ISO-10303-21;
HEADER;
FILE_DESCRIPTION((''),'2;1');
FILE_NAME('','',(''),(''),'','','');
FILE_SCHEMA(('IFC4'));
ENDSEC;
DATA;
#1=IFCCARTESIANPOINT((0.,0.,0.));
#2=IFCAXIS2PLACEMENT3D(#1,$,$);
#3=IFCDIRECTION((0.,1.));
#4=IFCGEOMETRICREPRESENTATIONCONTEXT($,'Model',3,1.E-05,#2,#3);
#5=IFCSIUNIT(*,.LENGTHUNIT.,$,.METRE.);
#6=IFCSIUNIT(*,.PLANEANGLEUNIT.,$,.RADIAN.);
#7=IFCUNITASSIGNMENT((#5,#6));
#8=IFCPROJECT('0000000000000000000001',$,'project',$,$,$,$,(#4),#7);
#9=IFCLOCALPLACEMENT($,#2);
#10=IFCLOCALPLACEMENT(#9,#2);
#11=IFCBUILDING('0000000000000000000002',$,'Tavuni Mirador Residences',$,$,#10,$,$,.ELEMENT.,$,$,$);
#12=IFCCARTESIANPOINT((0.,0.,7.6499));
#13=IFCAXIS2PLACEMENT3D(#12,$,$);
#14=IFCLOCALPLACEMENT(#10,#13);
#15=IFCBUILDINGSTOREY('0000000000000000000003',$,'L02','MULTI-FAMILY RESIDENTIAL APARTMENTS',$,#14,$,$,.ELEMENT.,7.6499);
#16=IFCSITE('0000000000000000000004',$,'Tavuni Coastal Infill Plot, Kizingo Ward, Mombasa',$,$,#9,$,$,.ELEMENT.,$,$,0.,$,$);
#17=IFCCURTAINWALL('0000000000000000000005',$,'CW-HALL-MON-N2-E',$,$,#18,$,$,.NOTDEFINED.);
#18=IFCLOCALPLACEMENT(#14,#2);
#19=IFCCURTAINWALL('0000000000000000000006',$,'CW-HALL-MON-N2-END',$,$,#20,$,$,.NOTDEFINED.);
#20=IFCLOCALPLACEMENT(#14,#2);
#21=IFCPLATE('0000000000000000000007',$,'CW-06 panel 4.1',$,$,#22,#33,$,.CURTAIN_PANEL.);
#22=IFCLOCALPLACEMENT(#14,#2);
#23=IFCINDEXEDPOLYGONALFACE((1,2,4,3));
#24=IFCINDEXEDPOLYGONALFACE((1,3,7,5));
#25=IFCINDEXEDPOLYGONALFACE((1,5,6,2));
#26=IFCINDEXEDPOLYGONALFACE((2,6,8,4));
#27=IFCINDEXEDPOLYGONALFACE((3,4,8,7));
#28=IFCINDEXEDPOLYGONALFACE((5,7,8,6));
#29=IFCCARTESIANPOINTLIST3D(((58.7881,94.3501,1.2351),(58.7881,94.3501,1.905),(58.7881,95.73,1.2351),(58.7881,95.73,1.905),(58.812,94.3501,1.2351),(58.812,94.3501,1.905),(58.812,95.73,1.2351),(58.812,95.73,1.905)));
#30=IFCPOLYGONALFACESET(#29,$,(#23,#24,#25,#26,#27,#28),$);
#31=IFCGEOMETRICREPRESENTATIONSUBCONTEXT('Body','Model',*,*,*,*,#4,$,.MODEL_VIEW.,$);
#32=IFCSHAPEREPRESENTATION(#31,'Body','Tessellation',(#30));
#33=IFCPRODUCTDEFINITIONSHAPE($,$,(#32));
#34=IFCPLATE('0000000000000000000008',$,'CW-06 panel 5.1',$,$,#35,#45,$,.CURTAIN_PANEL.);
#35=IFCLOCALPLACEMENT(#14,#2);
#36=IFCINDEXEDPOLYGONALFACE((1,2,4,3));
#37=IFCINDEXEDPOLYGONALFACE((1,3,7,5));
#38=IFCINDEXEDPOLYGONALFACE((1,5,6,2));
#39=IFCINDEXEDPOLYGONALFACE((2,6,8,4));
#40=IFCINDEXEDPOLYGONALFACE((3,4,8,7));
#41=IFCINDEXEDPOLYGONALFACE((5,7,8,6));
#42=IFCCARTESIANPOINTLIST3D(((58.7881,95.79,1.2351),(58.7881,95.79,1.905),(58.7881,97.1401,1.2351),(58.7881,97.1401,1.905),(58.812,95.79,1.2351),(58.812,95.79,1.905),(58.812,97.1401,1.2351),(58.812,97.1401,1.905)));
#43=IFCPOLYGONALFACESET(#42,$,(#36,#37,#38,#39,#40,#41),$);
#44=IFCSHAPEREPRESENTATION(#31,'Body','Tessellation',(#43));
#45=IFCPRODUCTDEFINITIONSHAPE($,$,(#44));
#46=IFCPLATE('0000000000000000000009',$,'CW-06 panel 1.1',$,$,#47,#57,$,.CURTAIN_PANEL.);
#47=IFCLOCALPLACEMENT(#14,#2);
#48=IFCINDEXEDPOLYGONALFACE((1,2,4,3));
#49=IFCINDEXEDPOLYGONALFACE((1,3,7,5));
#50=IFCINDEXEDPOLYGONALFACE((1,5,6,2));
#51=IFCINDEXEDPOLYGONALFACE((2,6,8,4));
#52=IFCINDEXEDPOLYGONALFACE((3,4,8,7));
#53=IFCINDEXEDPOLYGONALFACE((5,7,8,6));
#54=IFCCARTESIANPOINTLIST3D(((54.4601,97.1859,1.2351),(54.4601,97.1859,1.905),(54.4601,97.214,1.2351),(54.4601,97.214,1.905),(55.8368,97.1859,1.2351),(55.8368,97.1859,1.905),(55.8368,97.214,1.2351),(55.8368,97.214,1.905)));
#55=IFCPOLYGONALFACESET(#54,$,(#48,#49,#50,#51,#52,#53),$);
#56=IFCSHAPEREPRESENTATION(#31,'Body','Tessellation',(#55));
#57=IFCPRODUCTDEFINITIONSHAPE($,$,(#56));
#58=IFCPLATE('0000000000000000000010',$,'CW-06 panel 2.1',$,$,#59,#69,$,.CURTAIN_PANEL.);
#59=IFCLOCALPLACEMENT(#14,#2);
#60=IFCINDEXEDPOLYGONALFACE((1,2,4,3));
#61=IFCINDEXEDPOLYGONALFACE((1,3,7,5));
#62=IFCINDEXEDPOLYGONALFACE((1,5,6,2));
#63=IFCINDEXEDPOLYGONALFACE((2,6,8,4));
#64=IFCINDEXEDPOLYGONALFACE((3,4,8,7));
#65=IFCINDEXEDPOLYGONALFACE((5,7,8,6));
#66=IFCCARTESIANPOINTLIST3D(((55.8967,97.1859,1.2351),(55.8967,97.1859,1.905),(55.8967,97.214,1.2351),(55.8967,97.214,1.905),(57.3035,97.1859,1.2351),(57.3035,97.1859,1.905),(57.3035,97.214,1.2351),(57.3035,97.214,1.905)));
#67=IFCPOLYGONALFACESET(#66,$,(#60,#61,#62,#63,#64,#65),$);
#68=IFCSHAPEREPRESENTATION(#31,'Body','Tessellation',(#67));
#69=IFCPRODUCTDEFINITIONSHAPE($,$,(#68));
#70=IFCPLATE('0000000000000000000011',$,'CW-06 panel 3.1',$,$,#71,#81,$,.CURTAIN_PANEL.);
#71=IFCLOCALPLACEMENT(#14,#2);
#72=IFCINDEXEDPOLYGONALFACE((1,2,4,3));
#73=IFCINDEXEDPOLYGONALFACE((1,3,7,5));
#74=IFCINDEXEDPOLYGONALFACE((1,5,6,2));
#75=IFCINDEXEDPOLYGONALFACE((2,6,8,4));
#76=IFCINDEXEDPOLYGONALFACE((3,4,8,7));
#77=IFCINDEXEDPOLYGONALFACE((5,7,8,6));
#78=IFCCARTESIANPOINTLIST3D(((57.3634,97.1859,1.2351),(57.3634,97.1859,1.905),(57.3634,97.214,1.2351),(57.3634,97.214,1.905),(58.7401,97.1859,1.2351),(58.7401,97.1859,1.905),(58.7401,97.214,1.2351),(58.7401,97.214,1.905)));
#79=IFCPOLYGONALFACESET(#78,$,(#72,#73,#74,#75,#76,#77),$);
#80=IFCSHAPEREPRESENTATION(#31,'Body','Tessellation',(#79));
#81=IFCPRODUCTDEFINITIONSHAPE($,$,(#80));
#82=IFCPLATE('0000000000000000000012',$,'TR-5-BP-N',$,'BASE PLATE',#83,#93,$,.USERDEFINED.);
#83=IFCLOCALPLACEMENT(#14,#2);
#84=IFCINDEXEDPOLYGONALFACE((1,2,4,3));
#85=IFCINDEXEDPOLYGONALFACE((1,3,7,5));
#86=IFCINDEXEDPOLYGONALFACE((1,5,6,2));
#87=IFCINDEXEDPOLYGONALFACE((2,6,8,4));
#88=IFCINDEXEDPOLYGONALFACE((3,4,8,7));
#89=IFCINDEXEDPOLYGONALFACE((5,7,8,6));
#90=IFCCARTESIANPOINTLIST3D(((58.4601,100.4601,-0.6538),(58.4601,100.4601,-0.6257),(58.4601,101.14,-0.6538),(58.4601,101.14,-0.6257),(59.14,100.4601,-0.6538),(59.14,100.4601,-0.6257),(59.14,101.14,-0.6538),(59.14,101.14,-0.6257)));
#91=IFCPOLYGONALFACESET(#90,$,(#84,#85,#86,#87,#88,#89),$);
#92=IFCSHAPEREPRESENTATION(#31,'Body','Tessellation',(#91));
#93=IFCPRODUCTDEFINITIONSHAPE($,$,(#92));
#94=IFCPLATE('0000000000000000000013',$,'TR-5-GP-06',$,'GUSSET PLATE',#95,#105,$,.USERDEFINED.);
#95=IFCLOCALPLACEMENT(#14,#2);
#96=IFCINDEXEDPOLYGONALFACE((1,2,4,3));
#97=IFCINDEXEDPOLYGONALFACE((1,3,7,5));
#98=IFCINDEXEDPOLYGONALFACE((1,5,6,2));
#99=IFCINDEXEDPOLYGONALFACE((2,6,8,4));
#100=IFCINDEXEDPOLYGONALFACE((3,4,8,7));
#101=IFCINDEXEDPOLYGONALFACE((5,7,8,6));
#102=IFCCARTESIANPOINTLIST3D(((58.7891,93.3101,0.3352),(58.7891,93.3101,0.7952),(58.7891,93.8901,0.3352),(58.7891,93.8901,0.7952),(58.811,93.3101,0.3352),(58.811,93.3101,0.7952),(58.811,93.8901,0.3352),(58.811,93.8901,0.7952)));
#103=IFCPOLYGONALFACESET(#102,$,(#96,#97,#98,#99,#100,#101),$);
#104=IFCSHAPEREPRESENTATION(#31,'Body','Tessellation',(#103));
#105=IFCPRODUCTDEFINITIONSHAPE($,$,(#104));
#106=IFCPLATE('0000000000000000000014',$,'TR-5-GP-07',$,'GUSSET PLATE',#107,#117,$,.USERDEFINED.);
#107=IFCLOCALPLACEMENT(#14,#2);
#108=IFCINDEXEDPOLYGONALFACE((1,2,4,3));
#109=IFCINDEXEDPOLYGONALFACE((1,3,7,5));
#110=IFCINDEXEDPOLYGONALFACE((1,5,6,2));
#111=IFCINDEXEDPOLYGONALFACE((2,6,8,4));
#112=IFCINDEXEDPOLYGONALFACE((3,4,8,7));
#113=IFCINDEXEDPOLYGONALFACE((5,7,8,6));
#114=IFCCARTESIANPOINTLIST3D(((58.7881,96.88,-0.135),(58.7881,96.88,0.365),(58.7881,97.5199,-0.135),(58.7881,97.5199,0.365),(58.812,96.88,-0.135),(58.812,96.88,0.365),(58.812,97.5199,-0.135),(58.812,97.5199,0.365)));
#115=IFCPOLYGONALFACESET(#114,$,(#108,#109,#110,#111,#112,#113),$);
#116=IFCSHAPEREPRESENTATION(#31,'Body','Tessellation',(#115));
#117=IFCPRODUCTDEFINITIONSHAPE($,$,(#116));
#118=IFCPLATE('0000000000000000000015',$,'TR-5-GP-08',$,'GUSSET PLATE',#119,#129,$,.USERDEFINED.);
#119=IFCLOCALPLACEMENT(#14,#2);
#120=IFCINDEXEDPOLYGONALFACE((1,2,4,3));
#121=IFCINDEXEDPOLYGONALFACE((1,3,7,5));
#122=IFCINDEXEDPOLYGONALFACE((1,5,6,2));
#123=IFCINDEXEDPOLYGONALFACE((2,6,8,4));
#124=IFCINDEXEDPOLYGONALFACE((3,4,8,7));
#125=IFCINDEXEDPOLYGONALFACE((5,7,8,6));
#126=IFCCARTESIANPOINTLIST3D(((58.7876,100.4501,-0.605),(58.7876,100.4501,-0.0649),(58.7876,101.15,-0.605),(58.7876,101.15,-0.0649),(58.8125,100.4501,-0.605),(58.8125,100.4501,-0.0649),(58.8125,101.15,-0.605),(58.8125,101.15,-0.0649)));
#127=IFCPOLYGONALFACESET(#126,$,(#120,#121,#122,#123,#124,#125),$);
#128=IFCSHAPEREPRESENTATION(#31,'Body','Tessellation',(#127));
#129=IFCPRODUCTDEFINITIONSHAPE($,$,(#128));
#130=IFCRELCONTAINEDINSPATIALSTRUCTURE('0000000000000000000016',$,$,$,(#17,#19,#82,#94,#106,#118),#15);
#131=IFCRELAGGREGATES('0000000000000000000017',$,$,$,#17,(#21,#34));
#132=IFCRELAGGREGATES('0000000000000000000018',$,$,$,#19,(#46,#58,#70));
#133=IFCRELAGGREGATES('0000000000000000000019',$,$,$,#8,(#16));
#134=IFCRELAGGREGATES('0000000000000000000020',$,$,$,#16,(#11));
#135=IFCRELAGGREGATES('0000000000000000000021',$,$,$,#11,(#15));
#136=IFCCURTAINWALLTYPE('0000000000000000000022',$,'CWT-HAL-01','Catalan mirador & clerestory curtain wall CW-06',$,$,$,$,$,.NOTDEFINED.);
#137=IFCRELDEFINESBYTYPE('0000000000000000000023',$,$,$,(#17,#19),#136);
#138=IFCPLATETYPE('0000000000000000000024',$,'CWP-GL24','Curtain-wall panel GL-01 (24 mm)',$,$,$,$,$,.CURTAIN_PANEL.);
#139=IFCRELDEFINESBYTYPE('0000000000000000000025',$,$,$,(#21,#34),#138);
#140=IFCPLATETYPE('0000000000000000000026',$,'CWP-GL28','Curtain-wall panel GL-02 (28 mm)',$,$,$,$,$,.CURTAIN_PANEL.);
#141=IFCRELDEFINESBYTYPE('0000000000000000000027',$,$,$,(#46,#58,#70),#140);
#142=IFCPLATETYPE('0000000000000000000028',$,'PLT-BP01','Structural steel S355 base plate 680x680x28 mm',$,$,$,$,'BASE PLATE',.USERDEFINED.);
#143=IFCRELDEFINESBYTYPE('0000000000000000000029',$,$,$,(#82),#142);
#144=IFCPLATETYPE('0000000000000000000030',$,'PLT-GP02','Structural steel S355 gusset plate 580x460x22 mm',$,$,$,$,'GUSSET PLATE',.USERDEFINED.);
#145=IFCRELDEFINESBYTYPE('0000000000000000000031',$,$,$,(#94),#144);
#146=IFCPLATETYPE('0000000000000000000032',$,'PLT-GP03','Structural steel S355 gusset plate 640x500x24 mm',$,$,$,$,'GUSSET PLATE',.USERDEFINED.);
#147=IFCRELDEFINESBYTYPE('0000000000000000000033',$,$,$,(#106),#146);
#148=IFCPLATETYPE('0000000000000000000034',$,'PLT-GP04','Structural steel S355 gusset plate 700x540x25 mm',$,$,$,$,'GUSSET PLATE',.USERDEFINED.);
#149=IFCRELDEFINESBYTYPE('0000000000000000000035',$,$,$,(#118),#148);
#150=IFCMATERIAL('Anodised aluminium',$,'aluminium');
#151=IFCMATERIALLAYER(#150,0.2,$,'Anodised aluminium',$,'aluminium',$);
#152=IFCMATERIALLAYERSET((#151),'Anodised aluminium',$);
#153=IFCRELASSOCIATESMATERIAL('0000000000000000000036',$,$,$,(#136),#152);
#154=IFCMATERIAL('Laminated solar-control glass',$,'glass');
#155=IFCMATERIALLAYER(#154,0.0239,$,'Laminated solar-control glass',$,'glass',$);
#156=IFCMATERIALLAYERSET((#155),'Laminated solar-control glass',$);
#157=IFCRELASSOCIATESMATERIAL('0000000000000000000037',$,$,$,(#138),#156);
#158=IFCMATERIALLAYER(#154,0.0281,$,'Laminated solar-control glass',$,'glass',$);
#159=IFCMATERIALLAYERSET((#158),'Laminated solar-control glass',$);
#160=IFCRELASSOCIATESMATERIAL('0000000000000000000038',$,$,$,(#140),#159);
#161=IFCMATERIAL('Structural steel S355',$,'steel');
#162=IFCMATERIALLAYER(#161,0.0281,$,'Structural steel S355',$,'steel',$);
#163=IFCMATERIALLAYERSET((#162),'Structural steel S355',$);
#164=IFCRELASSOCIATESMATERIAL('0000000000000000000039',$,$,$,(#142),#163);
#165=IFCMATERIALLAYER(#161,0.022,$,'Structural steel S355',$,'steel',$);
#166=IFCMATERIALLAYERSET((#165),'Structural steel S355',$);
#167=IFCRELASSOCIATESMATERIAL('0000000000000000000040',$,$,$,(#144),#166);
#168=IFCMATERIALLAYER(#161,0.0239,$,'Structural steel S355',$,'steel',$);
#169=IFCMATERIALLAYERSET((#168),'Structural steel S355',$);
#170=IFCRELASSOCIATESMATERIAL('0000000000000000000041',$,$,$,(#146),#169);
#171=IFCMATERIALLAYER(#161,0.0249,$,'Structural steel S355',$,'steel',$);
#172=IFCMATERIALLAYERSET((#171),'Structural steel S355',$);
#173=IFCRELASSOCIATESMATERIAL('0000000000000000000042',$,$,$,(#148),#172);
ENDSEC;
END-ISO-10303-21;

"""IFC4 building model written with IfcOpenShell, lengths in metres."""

from ifc_helpers import new_model, si_unit, direction, frame, origin, origin_2d, place, context, subcontext, project, spatial, rectangle, extrude, material, layer, layer_set, type_object, element, aggregate, save


model = new_model("IFC4")

# Units and contexts
model_context = context("Model", 3, precision=1e-05, world=origin(), true_north=direction((0.0, 1.0)))
body_context = subcontext(model_context, "Body", "Model", "MODEL_VIEW")
ifc_project = project(units=[si_unit("LENGTHUNIT", "METRE"), si_unit("PLANEANGLEUNIT", "RADIAN")], contexts=[model_context])

# Site, building, storey
site_placement = place(None, origin())
site = spatial("IfcSite", under=ifc_project, at=site_placement, Name="Tavuni Coastal Infill Plot, Kizingo Ward, Mombasa", CompositionType="ELEMENT", RefElevation=0.0)
building_placement = place(site_placement, origin())
building = spatial("IfcBuilding", under=site, at=building_placement, Name="Tavuni Mirador Residences", CompositionType="ELEMENT")
storey_placement = place(building_placement, frame((0.0, 0.0, 7.6499)))
storey = spatial("IfcBuildingStorey", under=building, at=storey_placement, Name="L02", Description="MULTI-FAMILY RESIDENTIAL APARTMENTS", CompositionType="ELEMENT", Elevation=7.6499)

# Shared definitions
ifc_material_1 = material(Name="Structural steel S355", Category="steel")

# Curtain walls
ifc_material_2 = material(Name="Anodised aluminium", Category="aluminium")
ifc_layer_1 = layer(ifc_material_2, 0.2, Name="Anodised aluminium", Category="aluminium")
ifc_layer_set_1 = layer_set([ifc_layer_1], Name="Anodised aluminium")
curtain_wall_type = type_object("IfcCurtainWallType", Name="CWT-HAL-01", Description="Catalan mirador & clerestory curtain wall CW-06", PredefinedType="NOTDEFINED", material=ifc_layer_set_1)
curtain_wall_1_placement = place(storey_placement, origin())
curtain_wall_1 = element("IfcCurtainWall", 1, at=curtain_wall_1_placement, inside=storey, type_object=curtain_wall_type, Name="CW-HALL-MON-N2-E", PredefinedType="NOTDEFINED")
curtain_wall_2_placement = place(storey_placement, origin())
curtain_wall_2 = element("IfcCurtainWall", 2, at=curtain_wall_2_placement, inside=storey, type_object=curtain_wall_type, Name="CW-HALL-MON-N2-END", PredefinedType="NOTDEFINED")

# Plates
ifc_material_3 = material(Name="Laminated solar-control glass", Category="glass")
ifc_layer_2 = layer(ifc_material_3, 0.0239, Name="Laminated solar-control glass", Category="glass")
ifc_layer_set_2 = layer_set([ifc_layer_2], Name="Laminated solar-control glass")
plate_type_1 = type_object("IfcPlateType", Name="CWP-GL24", Description="Curtain-wall panel GL-01 (24 mm)", PredefinedType="CURTAIN_PANEL", material=ifc_layer_set_2)
plate_1_placement = place(storey_placement, frame((58.8, 95.04, 1.2351), z_axis=(0.0, 0.0, 1.0), x_axis=(0.0, 1.0, 0.0)))
plate_1 = element("IfcPlate", 3, at=plate_1_placement, type_object=plate_type_1, Name="CW-06 panel 4.1", PredefinedType="CURTAIN_PANEL", context=body_context, shape_type="SweptSolid", body=[
    extrude(rectangle(XDim=1.3799, YDim=0.0239, at=origin_2d()), origin(), (0.0, 0.0, 1.0), 0.6699),
])
plate_2_placement = place(storey_placement, frame((58.8, 96.4651, 1.2351), z_axis=(0.0, 0.0, 1.0), x_axis=(0.0, 1.0, 0.0)))
plate_2 = element("IfcPlate", 4, at=plate_2_placement, type_object=plate_type_1, Name="CW-06 panel 5.1", PredefinedType="CURTAIN_PANEL", context=body_context, shape_type="SweptSolid", body=[
    extrude(rectangle(XDim=1.3501, YDim=0.0239, at=origin_2d()), origin(), (0.0, 0.0, 1.0), 0.6699),
])
aggregate(curtain_wall_1, [plate_1, plate_2])
ifc_layer_3 = layer(ifc_material_3, 0.0281, Name="Laminated solar-control glass", Category="glass")
ifc_layer_set_3 = layer_set([ifc_layer_3], Name="Laminated solar-control glass")
plate_type_2 = type_object("IfcPlateType", Name="CWP-GL28", Description="Curtain-wall panel GL-02 (28 mm)", PredefinedType="CURTAIN_PANEL", material=ifc_layer_set_3)
plate_3_placement = place(storey_placement, frame((55.1484, 97.2, 1.2351), z_axis=(0.0, 0.0, 1.0), x_axis=(1.0, 0.0, 0.0)))
plate_3 = element("IfcPlate", 5, at=plate_3_placement, type_object=plate_type_2, Name="CW-06 panel 1.1", PredefinedType="CURTAIN_PANEL", context=body_context, shape_type="SweptSolid", body=[
    extrude(rectangle(XDim=1.3767, YDim=0.0281, at=origin_2d()), origin(), (0.0, 0.0, 1.0), 0.6699),
])
plate_4_placement = place(storey_placement, frame((56.6001, 97.2, 1.2351), z_axis=(0.0, 0.0, 1.0), x_axis=(1.0, 0.0, 0.0)))
plate_4 = element("IfcPlate", 6, at=plate_4_placement, type_object=plate_type_2, Name="CW-06 panel 2.1", PredefinedType="CURTAIN_PANEL", context=body_context, shape_type="SweptSolid", body=[
    extrude(rectangle(XDim=1.4067, YDim=0.0281, at=origin_2d()), origin(), (0.0, 0.0, 1.0), 0.6699),
])
plate_5_placement = place(storey_placement, frame((58.0518, 97.2, 1.2351), z_axis=(0.0, 0.0, 1.0), x_axis=(1.0, 0.0, 0.0)))
plate_5 = element("IfcPlate", 7, at=plate_5_placement, type_object=plate_type_2, Name="CW-06 panel 3.1", PredefinedType="CURTAIN_PANEL", context=body_context, shape_type="SweptSolid", body=[
    extrude(rectangle(XDim=1.3767, YDim=0.0281, at=origin_2d()), origin(), (0.0, 0.0, 1.0), 0.6699),
])
aggregate(curtain_wall_2, [plate_3, plate_4, plate_5])

# Plates
ifc_layer_4 = layer(ifc_material_1, 0.0281, Name="Structural steel S355", Category="steel")
ifc_layer_set_4 = layer_set([ifc_layer_4], Name="Structural steel S355")
plate_type_3 = type_object("IfcPlateType", Name="PLT-BP01", Description="Structural steel S355 base plate 680x680x28 mm", ElementType="BASE PLATE", PredefinedType="USERDEFINED", material=ifc_layer_set_4)
plate_6_placement = place(storey_placement, frame((58.8, 100.8, -0.6538), z_axis=(0.0, 0.0, 1.0), x_axis=(1.0, 0.0, 0.0)))
element("IfcPlate", 8, at=plate_6_placement, inside=storey, type_object=plate_type_3, Name="TR-5-BP-N", ObjectType="BASE PLATE", PredefinedType="USERDEFINED", context=body_context, shape_type="SweptSolid", body=[
    extrude(rectangle(XDim=0.6799, YDim=0.6799, at=origin_2d()), origin(), (0.0, 0.0, 1.0), 0.0281),
])
ifc_layer_5 = layer(ifc_material_1, 0.022, Name="Structural steel S355", Category="steel")
ifc_layer_set_5 = layer_set([ifc_layer_5], Name="Structural steel S355")
plate_type_4 = type_object("IfcPlateType", Name="PLT-GP02", Description="Structural steel S355 gusset plate 580x460x22 mm", ElementType="GUSSET PLATE", PredefinedType="USERDEFINED", material=ifc_layer_set_5)
plate_7_placement = place(storey_placement, frame((58.8, 93.6001, 0.3352), z_axis=(0.0, 0.0, 1.0), x_axis=(0.0, 1.0, 0.0)))
element("IfcPlate", 9, at=plate_7_placement, inside=storey, type_object=plate_type_4, Name="TR-5-GP-06", ObjectType="GUSSET PLATE", PredefinedType="USERDEFINED", context=body_context, shape_type="SweptSolid", body=[
    extrude(rectangle(XDim=0.5801, YDim=0.022, at=origin_2d()), origin(), (0.0, 0.0, 1.0), 0.46),
])
ifc_layer_6 = layer(ifc_material_1, 0.0239, Name="Structural steel S355", Category="steel")
ifc_layer_set_6 = layer_set([ifc_layer_6], Name="Structural steel S355")
plate_type_5 = type_object("IfcPlateType", Name="PLT-GP03", Description="Structural steel S355 gusset plate 640x500x24 mm", ElementType="GUSSET PLATE", PredefinedType="USERDEFINED", material=ifc_layer_set_6)
plate_8_placement = place(storey_placement, frame((58.8, 97.2, -0.135), z_axis=(0.0, 0.0, 1.0), x_axis=(0.0, 1.0, 0.0)))
element("IfcPlate", 10, at=plate_8_placement, inside=storey, type_object=plate_type_5, Name="TR-5-GP-07", ObjectType="GUSSET PLATE", PredefinedType="USERDEFINED", context=body_context, shape_type="SweptSolid", body=[
    extrude(rectangle(XDim=0.6399, YDim=0.0239, at=origin_2d()), origin(), (0.0, 0.0, 1.0), 0.5),
])
ifc_layer_7 = layer(ifc_material_1, 0.0249, Name="Structural steel S355", Category="steel")
ifc_layer_set_7 = layer_set([ifc_layer_7], Name="Structural steel S355")
plate_type_6 = type_object("IfcPlateType", Name="PLT-GP04", Description="Structural steel S355 gusset plate 700x540x25 mm", ElementType="GUSSET PLATE", PredefinedType="USERDEFINED", material=ifc_layer_set_7)
plate_9_placement = place(storey_placement, frame((58.8, 100.8, -0.605), z_axis=(0.0, 0.0, 1.0), x_axis=(0.0, 1.0, 0.0)))
element("IfcPlate", 11, at=plate_9_placement, inside=storey, type_object=plate_type_6, Name="TR-5-GP-08", ObjectType="GUSSET PLATE", PredefinedType="USERDEFINED", context=body_context, shape_type="SweptSolid", body=[
    extrude(rectangle(XDim=0.7, YDim=0.0249, at=origin_2d()), origin(), (0.0, 0.0, 1.0), 0.54),
])

save(model, "model.ifc")
